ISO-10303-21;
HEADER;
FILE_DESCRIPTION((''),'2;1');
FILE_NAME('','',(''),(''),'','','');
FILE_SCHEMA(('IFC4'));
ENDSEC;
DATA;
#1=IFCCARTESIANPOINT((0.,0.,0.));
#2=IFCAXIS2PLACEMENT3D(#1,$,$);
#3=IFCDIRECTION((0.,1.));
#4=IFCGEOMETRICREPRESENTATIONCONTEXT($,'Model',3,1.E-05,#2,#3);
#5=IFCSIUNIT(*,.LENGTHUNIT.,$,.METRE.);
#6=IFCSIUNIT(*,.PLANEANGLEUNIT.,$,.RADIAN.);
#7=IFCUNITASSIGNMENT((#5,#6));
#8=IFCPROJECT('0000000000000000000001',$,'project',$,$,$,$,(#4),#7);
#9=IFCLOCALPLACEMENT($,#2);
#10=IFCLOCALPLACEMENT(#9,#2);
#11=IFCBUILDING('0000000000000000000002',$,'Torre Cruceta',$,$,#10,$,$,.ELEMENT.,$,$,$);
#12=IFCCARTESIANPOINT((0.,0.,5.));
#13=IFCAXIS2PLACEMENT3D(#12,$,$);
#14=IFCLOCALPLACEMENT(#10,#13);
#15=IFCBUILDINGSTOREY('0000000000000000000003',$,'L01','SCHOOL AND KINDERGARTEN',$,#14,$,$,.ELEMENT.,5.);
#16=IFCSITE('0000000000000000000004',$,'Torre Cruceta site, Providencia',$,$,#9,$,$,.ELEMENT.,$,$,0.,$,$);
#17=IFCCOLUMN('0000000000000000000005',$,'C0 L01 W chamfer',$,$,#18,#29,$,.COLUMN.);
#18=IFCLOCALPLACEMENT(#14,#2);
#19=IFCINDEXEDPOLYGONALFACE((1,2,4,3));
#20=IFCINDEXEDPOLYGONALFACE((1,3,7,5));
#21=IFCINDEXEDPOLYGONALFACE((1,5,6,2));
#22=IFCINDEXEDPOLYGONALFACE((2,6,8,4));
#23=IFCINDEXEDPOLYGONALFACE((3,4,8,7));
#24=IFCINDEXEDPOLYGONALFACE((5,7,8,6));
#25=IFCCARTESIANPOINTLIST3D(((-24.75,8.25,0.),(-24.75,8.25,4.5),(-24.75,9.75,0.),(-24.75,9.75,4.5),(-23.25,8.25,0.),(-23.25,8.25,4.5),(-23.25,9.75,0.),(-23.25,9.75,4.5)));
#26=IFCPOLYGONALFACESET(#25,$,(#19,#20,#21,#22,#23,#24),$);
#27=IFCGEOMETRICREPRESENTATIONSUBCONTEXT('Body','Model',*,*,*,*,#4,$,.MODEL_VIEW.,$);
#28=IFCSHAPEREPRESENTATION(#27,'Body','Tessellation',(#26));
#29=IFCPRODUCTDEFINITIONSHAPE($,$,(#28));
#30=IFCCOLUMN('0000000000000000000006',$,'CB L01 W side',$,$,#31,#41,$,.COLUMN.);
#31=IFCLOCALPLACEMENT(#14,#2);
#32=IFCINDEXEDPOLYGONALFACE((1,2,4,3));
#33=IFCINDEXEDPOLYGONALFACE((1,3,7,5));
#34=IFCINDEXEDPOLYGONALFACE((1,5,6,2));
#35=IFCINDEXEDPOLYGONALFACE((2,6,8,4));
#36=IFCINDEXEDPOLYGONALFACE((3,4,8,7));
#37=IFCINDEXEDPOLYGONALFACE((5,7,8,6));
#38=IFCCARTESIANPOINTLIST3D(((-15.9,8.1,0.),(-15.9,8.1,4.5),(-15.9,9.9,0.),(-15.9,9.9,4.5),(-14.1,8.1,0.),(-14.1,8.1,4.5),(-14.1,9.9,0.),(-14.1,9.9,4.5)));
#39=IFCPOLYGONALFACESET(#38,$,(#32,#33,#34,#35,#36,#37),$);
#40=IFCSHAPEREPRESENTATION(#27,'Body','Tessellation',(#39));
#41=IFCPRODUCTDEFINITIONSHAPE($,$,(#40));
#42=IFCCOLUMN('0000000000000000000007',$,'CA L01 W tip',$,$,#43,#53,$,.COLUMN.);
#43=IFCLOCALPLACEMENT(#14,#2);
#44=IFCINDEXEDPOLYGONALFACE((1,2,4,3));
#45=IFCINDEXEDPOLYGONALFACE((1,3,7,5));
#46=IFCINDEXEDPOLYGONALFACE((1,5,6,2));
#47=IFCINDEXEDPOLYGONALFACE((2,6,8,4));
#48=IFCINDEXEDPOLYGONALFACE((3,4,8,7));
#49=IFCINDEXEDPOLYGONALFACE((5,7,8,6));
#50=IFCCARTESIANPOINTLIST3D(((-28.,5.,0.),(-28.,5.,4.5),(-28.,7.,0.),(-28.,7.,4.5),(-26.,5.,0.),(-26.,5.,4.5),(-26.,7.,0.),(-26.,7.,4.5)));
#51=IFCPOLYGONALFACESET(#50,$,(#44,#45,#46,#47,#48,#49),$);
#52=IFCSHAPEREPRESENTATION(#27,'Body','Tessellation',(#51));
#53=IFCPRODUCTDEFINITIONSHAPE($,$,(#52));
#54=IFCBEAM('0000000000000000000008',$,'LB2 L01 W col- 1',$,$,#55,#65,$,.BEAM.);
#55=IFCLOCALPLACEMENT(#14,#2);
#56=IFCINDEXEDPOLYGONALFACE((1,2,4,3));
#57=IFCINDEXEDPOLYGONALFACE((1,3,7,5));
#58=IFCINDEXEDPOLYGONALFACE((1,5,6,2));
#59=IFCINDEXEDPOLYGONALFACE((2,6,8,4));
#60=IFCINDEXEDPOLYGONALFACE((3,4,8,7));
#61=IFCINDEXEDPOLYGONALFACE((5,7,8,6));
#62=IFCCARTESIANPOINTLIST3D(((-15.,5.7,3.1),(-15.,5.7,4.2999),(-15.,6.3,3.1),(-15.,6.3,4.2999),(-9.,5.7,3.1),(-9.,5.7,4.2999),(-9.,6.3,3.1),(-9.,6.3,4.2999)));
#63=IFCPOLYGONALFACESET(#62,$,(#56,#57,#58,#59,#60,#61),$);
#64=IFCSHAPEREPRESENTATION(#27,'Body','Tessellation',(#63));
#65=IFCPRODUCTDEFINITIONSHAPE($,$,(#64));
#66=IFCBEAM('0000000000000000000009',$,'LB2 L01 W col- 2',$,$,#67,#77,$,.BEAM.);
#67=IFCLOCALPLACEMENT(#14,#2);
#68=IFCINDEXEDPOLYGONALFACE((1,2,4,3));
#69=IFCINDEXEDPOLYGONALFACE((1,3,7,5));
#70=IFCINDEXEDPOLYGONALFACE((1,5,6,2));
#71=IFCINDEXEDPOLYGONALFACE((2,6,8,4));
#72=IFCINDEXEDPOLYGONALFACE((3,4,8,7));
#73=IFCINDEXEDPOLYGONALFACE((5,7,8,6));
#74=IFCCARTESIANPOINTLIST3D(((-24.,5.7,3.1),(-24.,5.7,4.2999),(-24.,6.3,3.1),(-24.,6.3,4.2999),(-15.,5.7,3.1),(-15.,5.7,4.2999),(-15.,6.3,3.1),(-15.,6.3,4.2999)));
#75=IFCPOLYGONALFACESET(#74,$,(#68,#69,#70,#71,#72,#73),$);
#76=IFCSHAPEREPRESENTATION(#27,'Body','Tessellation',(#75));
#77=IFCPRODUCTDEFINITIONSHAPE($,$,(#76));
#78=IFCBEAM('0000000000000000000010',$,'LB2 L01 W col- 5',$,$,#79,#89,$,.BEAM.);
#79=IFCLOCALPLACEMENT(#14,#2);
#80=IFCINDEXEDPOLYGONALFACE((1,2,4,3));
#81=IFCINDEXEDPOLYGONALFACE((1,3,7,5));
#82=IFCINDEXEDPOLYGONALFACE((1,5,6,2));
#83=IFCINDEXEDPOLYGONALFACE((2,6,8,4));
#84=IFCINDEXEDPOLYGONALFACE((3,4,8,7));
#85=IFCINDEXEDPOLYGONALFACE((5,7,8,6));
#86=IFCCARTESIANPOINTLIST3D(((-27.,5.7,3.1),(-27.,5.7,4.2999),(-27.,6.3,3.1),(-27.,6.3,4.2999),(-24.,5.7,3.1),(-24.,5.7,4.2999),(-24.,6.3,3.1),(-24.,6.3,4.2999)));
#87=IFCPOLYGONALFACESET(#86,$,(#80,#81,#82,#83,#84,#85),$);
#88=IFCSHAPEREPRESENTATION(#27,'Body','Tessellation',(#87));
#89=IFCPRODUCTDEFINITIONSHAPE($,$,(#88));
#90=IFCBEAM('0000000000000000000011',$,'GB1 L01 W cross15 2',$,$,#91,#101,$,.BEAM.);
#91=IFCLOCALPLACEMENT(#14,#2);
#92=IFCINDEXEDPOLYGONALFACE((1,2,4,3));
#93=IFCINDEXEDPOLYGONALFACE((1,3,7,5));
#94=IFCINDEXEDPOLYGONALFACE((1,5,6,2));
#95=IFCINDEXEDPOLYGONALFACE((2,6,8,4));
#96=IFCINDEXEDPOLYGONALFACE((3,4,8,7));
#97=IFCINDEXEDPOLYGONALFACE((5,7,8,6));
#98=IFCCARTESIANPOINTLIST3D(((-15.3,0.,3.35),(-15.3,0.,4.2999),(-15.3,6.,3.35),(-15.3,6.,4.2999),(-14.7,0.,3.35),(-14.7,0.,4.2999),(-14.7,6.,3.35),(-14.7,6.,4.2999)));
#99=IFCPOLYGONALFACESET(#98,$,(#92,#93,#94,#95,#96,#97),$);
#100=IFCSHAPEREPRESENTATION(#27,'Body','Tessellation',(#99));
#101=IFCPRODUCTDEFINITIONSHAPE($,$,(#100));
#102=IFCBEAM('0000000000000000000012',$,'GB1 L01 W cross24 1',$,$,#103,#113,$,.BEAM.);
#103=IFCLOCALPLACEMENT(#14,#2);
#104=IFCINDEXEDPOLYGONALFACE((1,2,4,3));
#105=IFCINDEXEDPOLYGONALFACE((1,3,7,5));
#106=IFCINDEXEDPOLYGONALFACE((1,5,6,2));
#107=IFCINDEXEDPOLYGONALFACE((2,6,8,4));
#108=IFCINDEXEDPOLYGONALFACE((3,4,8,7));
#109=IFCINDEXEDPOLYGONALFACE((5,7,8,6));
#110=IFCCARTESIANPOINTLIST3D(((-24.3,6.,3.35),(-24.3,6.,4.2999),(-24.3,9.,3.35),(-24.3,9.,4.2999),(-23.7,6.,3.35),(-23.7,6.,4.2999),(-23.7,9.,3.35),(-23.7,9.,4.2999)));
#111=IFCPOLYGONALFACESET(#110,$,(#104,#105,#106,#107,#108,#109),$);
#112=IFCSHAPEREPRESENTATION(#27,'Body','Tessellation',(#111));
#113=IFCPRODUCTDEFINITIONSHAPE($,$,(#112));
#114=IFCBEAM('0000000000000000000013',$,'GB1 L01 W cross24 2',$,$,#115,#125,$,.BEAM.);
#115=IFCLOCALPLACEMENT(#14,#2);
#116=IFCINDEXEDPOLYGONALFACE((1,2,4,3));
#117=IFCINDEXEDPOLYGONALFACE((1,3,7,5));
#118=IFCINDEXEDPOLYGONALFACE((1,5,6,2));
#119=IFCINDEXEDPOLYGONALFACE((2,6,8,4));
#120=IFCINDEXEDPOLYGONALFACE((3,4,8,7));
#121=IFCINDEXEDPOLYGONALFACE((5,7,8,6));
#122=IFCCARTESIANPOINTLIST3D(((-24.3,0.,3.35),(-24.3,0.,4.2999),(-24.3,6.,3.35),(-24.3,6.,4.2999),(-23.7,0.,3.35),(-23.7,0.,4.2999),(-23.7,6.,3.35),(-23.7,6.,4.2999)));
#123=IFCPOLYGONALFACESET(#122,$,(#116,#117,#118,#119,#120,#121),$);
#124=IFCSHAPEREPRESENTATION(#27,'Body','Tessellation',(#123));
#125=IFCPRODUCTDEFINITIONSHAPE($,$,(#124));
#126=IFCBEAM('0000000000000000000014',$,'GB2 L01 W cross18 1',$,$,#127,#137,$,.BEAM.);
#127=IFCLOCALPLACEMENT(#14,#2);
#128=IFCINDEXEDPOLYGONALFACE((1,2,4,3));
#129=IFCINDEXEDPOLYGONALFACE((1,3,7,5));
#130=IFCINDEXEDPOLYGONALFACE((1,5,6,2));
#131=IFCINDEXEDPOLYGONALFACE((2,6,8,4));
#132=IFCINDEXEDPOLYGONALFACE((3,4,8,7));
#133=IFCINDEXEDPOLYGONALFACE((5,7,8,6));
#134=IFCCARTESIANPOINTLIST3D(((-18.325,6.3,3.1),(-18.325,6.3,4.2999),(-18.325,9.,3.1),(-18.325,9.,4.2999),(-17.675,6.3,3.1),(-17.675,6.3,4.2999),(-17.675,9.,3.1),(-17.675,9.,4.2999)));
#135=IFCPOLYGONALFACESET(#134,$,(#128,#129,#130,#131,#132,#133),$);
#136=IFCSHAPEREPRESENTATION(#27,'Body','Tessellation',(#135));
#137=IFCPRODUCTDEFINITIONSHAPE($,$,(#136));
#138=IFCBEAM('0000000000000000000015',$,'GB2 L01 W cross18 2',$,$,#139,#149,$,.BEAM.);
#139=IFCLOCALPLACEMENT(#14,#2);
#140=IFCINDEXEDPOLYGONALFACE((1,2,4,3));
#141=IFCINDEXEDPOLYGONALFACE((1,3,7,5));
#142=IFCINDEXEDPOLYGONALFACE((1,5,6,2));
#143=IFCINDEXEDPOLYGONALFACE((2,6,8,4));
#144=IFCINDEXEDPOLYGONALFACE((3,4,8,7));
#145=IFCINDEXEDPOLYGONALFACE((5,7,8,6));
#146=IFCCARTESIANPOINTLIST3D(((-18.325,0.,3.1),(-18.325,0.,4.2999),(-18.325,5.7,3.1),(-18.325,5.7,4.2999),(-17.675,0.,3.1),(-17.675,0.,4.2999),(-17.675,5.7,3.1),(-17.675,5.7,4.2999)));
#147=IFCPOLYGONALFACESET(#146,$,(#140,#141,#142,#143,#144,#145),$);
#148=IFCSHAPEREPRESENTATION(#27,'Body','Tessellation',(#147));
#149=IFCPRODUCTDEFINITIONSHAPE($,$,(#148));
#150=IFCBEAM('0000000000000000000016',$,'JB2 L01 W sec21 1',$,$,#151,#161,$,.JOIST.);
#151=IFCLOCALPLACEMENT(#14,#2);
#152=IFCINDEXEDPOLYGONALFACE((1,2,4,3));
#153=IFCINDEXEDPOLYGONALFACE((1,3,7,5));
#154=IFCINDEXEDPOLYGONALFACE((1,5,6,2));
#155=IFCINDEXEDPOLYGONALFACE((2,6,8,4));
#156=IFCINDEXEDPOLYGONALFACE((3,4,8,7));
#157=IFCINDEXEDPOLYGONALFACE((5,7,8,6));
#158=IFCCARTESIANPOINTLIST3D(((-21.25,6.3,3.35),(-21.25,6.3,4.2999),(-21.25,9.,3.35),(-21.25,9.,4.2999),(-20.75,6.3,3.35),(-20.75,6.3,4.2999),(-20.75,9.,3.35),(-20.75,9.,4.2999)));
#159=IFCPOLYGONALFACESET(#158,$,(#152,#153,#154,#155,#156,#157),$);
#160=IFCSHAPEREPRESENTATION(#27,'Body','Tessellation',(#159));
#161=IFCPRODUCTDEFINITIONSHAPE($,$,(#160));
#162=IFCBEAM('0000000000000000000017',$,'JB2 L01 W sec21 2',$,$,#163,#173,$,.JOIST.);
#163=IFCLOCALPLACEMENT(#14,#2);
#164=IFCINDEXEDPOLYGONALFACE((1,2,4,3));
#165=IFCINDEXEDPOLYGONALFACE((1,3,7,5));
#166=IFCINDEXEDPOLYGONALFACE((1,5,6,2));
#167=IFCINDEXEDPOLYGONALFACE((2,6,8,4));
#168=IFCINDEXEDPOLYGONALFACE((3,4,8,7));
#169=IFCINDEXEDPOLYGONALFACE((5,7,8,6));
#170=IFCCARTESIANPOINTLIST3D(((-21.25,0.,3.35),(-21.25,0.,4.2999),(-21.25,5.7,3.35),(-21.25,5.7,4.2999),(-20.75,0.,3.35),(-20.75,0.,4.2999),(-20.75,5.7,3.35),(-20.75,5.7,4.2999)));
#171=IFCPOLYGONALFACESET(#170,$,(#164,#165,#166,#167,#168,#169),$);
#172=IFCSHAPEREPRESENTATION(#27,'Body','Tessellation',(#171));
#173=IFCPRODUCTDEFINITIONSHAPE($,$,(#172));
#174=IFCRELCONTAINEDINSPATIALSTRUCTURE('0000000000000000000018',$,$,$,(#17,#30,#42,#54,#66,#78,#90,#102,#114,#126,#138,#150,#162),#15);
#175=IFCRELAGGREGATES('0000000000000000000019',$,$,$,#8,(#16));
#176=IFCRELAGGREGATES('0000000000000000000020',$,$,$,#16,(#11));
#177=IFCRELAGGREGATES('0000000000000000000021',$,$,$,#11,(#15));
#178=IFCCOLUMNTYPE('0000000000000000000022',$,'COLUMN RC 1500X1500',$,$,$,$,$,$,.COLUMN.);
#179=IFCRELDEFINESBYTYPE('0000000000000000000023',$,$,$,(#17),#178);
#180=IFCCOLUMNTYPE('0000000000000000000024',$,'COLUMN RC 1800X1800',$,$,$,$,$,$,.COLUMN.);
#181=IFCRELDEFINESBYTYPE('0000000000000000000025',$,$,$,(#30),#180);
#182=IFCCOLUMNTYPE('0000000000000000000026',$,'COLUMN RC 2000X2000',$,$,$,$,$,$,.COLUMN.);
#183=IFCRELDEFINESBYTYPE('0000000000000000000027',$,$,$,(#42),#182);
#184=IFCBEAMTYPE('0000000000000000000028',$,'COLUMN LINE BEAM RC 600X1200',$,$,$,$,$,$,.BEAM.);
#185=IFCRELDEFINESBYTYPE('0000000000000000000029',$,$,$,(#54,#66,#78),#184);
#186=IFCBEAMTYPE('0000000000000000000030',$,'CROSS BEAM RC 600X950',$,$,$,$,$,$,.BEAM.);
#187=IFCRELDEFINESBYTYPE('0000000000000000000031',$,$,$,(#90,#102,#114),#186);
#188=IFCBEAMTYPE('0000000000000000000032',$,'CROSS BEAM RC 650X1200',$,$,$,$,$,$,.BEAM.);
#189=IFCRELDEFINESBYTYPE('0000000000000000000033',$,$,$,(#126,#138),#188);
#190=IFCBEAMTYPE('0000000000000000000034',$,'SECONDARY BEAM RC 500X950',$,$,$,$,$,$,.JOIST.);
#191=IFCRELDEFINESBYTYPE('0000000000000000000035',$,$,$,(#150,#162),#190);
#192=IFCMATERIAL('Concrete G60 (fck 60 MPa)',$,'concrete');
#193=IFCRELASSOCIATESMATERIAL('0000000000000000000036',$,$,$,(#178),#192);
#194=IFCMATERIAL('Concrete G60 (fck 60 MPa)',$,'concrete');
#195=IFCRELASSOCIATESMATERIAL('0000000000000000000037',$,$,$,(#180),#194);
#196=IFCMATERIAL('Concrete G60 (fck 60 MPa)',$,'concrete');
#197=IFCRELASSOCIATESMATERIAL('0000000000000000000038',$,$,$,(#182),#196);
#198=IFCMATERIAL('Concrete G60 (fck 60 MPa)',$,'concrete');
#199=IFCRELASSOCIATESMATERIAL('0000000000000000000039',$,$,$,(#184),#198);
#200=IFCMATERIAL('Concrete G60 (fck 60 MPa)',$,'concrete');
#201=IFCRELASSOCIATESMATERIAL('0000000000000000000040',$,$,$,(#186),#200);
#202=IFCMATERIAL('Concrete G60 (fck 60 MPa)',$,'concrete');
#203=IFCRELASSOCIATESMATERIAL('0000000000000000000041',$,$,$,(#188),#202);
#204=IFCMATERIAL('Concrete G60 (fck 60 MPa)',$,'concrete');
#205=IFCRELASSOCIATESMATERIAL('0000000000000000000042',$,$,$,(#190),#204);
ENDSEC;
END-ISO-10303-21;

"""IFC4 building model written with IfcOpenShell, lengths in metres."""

from ifc_helpers import new_model, si_unit, direction, frame, origin, origin_2d, place, context, subcontext, project, spatial, rectangle, extrude, material, material_profile, profile_set, type_object, element, save


model = new_model("IFC4")

# Units and contexts
model_context = context("Model", 3, precision=1e-05, world=origin(), true_north=direction((0.0, 1.0)))
body_context = subcontext(model_context, "Body", "Model", "MODEL_VIEW")
ifc_project = project(units=[si_unit("LENGTHUNIT", "METRE"), si_unit("PLANEANGLEUNIT", "RADIAN")], contexts=[model_context])

# Site, building, storey
site_placement = place(None, origin())
site = spatial("IfcSite", under=ifc_project, at=site_placement, Name="Torre Cruceta site, Providencia", CompositionType="ELEMENT", RefElevation=0.0)
building_placement = place(site_placement, origin())
building = spatial("IfcBuilding", under=site, at=building_placement, Name="Torre Cruceta", CompositionType="ELEMENT")
storey_placement = place(building_placement, frame((0.0, 0.0, 5.0)))
storey = spatial("IfcBuildingStorey", under=building, at=storey_placement, Name="L01", Description="SCHOOL AND KINDERGARTEN", CompositionType="ELEMENT", Elevation=5.0)

# Columns
ifc_material_1 = material(Name="Concrete G60 (fck 60 MPa)", Category="concrete")
ifc_material_profile_1 = material_profile(ifc_material_1, rectangle(XDim=1.5, YDim=1.5, at=origin_2d()), Name="RC 1500X1500")
ifc_profile_set_1 = profile_set([ifc_material_profile_1], Name="Concrete G60 (fck 60 MPa)")
column_type_1 = type_object("IfcColumnType", Name="COLUMN RC 1500X1500", PredefinedType="COLUMN", material=ifc_profile_set_1)
column_1_placement = place(storey_placement, frame((-24.0, 9.0, 0.0), z_axis=(0.0, 0.0, 1.0), x_axis=(1.0, 0.0, 0.0)))
element("IfcColumn", 1, at=column_1_placement, inside=storey, type_object=column_type_1, Name="C0 L01 W chamfer", PredefinedType="COLUMN", context=body_context, shape_type="SweptSolid", body=[
    extrude(rectangle(XDim=1.5, YDim=1.5, at=origin_2d()), origin(), (0.0, 0.0, 1.0), 4.5),
])
ifc_material_2 = material(Name="Concrete G60 (fck 60 MPa)", Category="concrete")
ifc_material_profile_2 = material_profile(ifc_material_2, rectangle(XDim=1.8, YDim=1.8, at=origin_2d()), Name="RC 1800X1800")
ifc_profile_set_2 = profile_set([ifc_material_profile_2], Name="Concrete G60 (fck 60 MPa)")
column_type_2 = type_object("IfcColumnType", Name="COLUMN RC 1800X1800", PredefinedType="COLUMN", material=ifc_profile_set_2)
column_2_placement = place(storey_placement, frame((-15.0, 9.0, 0.0), z_axis=(0.0, 0.0, 1.0), x_axis=(1.0, 0.0, 0.0)))
element("IfcColumn", 2, at=column_2_placement, inside=storey, type_object=column_type_2, Name="CB L01 W side", PredefinedType="COLUMN", context=body_context, shape_type="SweptSolid", body=[
    extrude(rectangle(XDim=1.8, YDim=1.8, at=origin_2d()), origin(), (0.0, 0.0, 1.0), 4.5),
])
ifc_material_3 = material(Name="Concrete G60 (fck 60 MPa)", Category="concrete")
ifc_material_profile_3 = material_profile(ifc_material_3, rectangle(XDim=2.0, YDim=2.0, at=origin_2d()), Name="RC 2000X2000")
ifc_profile_set_3 = profile_set([ifc_material_profile_3], Name="Concrete G60 (fck 60 MPa)")
column_type_3 = type_object("IfcColumnType", Name="COLUMN RC 2000X2000", PredefinedType="COLUMN", material=ifc_profile_set_3)
column_3_placement = place(storey_placement, frame((-27.0, 6.0, 0.0), z_axis=(0.0, 0.0, 1.0), x_axis=(1.0, 0.0, 0.0)))
element("IfcColumn", 3, at=column_3_placement, inside=storey, type_object=column_type_3, Name="CA L01 W tip", PredefinedType="COLUMN", context=body_context, shape_type="SweptSolid", body=[
    extrude(rectangle(XDim=2.0, YDim=2.0, at=origin_2d()), origin(), (0.0, 0.0, 1.0), 4.5),
])

# Beams
ifc_material_4 = material(Name="Concrete G60 (fck 60 MPa)", Category="concrete")
ifc_material_profile_4 = material_profile(ifc_material_4, rectangle(XDim=0.6001, YDim=1.2, at=origin_2d()), Name="RC 600X1200")
ifc_profile_set_4 = profile_set([ifc_material_profile_4], Name="Concrete G60 (fck 60 MPa)")
beam_type_1 = type_object("IfcBeamType", Name="COLUMN LINE BEAM RC 600X1200", PredefinedType="BEAM", material=ifc_profile_set_4)
beam_1_placement = place(storey_placement, frame((-9.0, 6.0, 3.7), z_axis=(-1.0, 0.0, 0.0), x_axis=(0.0, -1.0, 0.0)))
element("IfcBeam", 4, at=beam_1_placement, inside=storey, type_object=beam_type_1, Name="LB2 L01 W col- 1", PredefinedType="BEAM", context=body_context, shape_type="SweptSolid", body=[
    extrude(rectangle(XDim=0.6001, YDim=1.2, at=origin_2d()), origin(), (0.0, 0.0, 1.0), 6.0),
])
beam_2_placement = place(storey_placement, frame((-15.0, 6.0, 3.7), z_axis=(-1.0, 0.0, 0.0), x_axis=(0.0, -1.0, 0.0)))
element("IfcBeam", 5, at=beam_2_placement, inside=storey, type_object=beam_type_1, Name="LB2 L01 W col- 2", PredefinedType="BEAM", context=body_context, shape_type="SweptSolid", body=[
    extrude(rectangle(XDim=0.6001, YDim=1.2, at=origin_2d()), origin(), (0.0, 0.0, 1.0), 9.0),
])
beam_3_placement = place(storey_placement, frame((-24.0, 6.0, 3.7), z_axis=(-1.0, 0.0, 0.0), x_axis=(0.0, -1.0, 0.0)))
element("IfcBeam", 6, at=beam_3_placement, inside=storey, type_object=beam_type_1, Name="LB2 L01 W col- 5", PredefinedType="BEAM", context=body_context, shape_type="SweptSolid", body=[
    extrude(rectangle(XDim=0.6001, YDim=1.2, at=origin_2d()), origin(), (0.0, 0.0, 1.0), 3.0),
])
ifc_material_5 = material(Name="Concrete G60 (fck 60 MPa)", Category="concrete")
ifc_material_profile_5 = material_profile(ifc_material_5, rectangle(XDim=0.6001, YDim=0.95, at=origin_2d()), Name="RC 600X950")
ifc_profile_set_5 = profile_set([ifc_material_profile_5], Name="Concrete G60 (fck 60 MPa)")
beam_type_2 = type_object("IfcBeamType", Name="CROSS BEAM RC 600X950", PredefinedType="BEAM", material=ifc_profile_set_5)
beam_4_placement = place(storey_placement, frame((-15.0, 6.0, 3.825), z_axis=(0.0, -1.0, 0.0), x_axis=(1.0, 0.0, 0.0)))
element("IfcBeam", 7, at=beam_4_placement, inside=storey, type_object=beam_type_2, Name="GB1 L01 W cross15 2", PredefinedType="BEAM", context=body_context, shape_type="SweptSolid", body=[
    extrude(rectangle(XDim=0.6001, YDim=0.95, at=origin_2d()), origin(), (0.0, 0.0, 1.0), 6.0),
])
beam_5_placement = place(storey_placement, frame((-24.0, 9.0, 3.825), z_axis=(0.0, -1.0, 0.0), x_axis=(1.0, 0.0, 0.0)))
element("IfcBeam", 8, at=beam_5_placement, inside=storey, type_object=beam_type_2, Name="GB1 L01 W cross24 1", PredefinedType="BEAM", context=body_context, shape_type="SweptSolid", body=[
    extrude(rectangle(XDim=0.6001, YDim=0.95, at=origin_2d()), origin(), (0.0, 0.0, 1.0), 3.0),
])
beam_6_placement = place(storey_placement, frame((-24.0, 6.0, 3.825), z_axis=(0.0, -1.0, 0.0), x_axis=(1.0, 0.0, 0.0)))
element("IfcBeam", 9, at=beam_6_placement, inside=storey, type_object=beam_type_2, Name="GB1 L01 W cross24 2", PredefinedType="BEAM", context=body_context, shape_type="SweptSolid", body=[
    extrude(rectangle(XDim=0.6001, YDim=0.95, at=origin_2d()), origin(), (0.0, 0.0, 1.0), 6.0),
])
ifc_material_6 = material(Name="Concrete G60 (fck 60 MPa)", Category="concrete")
ifc_material_profile_6 = material_profile(ifc_material_6, rectangle(XDim=0.6499, YDim=1.2, at=origin_2d()), Name="RC 650X1200")
ifc_profile_set_6 = profile_set([ifc_material_profile_6], Name="Concrete G60 (fck 60 MPa)")
beam_type_3 = type_object("IfcBeamType", Name="CROSS BEAM RC 650X1200", PredefinedType="BEAM", material=ifc_profile_set_6)
beam_7_placement = place(storey_placement, frame((-18.0, 9.0, 3.7), z_axis=(0.0, -1.0, 0.0), x_axis=(1.0, 0.0, 0.0)))
element("IfcBeam", 10, at=beam_7_placement, inside=storey, type_object=beam_type_3, Name="GB2 L01 W cross18 1", PredefinedType="BEAM", context=body_context, shape_type="SweptSolid", body=[
    extrude(rectangle(XDim=0.6499, YDim=1.2, at=origin_2d()), origin(), (0.0, 0.0, 1.0), 2.7),
])
beam_8_placement = place(storey_placement, frame((-18.0, 5.7, 3.7), z_axis=(0.0, -1.0, 0.0), x_axis=(1.0, 0.0, 0.0)))
element("IfcBeam", 11, at=beam_8_placement, inside=storey, type_object=beam_type_3, Name="GB2 L01 W cross18 2", PredefinedType="BEAM", context=body_context, shape_type="SweptSolid", body=[
    extrude(rectangle(XDim=0.6499, YDim=1.2, at=origin_2d()), origin(), (0.0, 0.0, 1.0), 5.7),
])
ifc_material_7 = material(Name="Concrete G60 (fck 60 MPa)", Category="concrete")
ifc_material_profile_7 = material_profile(ifc_material_7, rectangle(XDim=0.5, YDim=0.95, at=origin_2d()), Name="RC 500X950")
ifc_profile_set_7 = profile_set([ifc_material_profile_7], Name="Concrete G60 (fck 60 MPa)")
beam_type_4 = type_object("IfcBeamType", Name="SECONDARY BEAM RC 500X950", PredefinedType="JOIST", material=ifc_profile_set_7)
beam_9_placement = place(storey_placement, frame((-21.0, 9.0, 3.825), z_axis=(0.0, -1.0, 0.0), x_axis=(1.0, 0.0, 0.0)))
element("IfcBeam", 12, at=beam_9_placement, inside=storey, type_object=beam_type_4, Name="JB2 L01 W sec21 1", PredefinedType="JOIST", context=body_context, shape_type="SweptSolid", body=[
    extrude(rectangle(XDim=0.5, YDim=0.95, at=origin_2d()), origin(), (0.0, 0.0, 1.0), 2.7),
])
beam_10_placement = place(storey_placement, frame((-21.0, 5.7, 3.825), z_axis=(0.0, -1.0, 0.0), x_axis=(1.0, 0.0, 0.0)))
element("IfcBeam", 13, at=beam_10_placement, inside=storey, type_object=beam_type_4, Name="JB2 L01 W sec21 2", PredefinedType="JOIST", context=body_context, shape_type="SweptSolid", body=[
    extrude(rectangle(XDim=0.5, YDim=0.95, at=origin_2d()), origin(), (0.0, 0.0, 1.0), 5.7),
])

save(model, "model.ifc")
